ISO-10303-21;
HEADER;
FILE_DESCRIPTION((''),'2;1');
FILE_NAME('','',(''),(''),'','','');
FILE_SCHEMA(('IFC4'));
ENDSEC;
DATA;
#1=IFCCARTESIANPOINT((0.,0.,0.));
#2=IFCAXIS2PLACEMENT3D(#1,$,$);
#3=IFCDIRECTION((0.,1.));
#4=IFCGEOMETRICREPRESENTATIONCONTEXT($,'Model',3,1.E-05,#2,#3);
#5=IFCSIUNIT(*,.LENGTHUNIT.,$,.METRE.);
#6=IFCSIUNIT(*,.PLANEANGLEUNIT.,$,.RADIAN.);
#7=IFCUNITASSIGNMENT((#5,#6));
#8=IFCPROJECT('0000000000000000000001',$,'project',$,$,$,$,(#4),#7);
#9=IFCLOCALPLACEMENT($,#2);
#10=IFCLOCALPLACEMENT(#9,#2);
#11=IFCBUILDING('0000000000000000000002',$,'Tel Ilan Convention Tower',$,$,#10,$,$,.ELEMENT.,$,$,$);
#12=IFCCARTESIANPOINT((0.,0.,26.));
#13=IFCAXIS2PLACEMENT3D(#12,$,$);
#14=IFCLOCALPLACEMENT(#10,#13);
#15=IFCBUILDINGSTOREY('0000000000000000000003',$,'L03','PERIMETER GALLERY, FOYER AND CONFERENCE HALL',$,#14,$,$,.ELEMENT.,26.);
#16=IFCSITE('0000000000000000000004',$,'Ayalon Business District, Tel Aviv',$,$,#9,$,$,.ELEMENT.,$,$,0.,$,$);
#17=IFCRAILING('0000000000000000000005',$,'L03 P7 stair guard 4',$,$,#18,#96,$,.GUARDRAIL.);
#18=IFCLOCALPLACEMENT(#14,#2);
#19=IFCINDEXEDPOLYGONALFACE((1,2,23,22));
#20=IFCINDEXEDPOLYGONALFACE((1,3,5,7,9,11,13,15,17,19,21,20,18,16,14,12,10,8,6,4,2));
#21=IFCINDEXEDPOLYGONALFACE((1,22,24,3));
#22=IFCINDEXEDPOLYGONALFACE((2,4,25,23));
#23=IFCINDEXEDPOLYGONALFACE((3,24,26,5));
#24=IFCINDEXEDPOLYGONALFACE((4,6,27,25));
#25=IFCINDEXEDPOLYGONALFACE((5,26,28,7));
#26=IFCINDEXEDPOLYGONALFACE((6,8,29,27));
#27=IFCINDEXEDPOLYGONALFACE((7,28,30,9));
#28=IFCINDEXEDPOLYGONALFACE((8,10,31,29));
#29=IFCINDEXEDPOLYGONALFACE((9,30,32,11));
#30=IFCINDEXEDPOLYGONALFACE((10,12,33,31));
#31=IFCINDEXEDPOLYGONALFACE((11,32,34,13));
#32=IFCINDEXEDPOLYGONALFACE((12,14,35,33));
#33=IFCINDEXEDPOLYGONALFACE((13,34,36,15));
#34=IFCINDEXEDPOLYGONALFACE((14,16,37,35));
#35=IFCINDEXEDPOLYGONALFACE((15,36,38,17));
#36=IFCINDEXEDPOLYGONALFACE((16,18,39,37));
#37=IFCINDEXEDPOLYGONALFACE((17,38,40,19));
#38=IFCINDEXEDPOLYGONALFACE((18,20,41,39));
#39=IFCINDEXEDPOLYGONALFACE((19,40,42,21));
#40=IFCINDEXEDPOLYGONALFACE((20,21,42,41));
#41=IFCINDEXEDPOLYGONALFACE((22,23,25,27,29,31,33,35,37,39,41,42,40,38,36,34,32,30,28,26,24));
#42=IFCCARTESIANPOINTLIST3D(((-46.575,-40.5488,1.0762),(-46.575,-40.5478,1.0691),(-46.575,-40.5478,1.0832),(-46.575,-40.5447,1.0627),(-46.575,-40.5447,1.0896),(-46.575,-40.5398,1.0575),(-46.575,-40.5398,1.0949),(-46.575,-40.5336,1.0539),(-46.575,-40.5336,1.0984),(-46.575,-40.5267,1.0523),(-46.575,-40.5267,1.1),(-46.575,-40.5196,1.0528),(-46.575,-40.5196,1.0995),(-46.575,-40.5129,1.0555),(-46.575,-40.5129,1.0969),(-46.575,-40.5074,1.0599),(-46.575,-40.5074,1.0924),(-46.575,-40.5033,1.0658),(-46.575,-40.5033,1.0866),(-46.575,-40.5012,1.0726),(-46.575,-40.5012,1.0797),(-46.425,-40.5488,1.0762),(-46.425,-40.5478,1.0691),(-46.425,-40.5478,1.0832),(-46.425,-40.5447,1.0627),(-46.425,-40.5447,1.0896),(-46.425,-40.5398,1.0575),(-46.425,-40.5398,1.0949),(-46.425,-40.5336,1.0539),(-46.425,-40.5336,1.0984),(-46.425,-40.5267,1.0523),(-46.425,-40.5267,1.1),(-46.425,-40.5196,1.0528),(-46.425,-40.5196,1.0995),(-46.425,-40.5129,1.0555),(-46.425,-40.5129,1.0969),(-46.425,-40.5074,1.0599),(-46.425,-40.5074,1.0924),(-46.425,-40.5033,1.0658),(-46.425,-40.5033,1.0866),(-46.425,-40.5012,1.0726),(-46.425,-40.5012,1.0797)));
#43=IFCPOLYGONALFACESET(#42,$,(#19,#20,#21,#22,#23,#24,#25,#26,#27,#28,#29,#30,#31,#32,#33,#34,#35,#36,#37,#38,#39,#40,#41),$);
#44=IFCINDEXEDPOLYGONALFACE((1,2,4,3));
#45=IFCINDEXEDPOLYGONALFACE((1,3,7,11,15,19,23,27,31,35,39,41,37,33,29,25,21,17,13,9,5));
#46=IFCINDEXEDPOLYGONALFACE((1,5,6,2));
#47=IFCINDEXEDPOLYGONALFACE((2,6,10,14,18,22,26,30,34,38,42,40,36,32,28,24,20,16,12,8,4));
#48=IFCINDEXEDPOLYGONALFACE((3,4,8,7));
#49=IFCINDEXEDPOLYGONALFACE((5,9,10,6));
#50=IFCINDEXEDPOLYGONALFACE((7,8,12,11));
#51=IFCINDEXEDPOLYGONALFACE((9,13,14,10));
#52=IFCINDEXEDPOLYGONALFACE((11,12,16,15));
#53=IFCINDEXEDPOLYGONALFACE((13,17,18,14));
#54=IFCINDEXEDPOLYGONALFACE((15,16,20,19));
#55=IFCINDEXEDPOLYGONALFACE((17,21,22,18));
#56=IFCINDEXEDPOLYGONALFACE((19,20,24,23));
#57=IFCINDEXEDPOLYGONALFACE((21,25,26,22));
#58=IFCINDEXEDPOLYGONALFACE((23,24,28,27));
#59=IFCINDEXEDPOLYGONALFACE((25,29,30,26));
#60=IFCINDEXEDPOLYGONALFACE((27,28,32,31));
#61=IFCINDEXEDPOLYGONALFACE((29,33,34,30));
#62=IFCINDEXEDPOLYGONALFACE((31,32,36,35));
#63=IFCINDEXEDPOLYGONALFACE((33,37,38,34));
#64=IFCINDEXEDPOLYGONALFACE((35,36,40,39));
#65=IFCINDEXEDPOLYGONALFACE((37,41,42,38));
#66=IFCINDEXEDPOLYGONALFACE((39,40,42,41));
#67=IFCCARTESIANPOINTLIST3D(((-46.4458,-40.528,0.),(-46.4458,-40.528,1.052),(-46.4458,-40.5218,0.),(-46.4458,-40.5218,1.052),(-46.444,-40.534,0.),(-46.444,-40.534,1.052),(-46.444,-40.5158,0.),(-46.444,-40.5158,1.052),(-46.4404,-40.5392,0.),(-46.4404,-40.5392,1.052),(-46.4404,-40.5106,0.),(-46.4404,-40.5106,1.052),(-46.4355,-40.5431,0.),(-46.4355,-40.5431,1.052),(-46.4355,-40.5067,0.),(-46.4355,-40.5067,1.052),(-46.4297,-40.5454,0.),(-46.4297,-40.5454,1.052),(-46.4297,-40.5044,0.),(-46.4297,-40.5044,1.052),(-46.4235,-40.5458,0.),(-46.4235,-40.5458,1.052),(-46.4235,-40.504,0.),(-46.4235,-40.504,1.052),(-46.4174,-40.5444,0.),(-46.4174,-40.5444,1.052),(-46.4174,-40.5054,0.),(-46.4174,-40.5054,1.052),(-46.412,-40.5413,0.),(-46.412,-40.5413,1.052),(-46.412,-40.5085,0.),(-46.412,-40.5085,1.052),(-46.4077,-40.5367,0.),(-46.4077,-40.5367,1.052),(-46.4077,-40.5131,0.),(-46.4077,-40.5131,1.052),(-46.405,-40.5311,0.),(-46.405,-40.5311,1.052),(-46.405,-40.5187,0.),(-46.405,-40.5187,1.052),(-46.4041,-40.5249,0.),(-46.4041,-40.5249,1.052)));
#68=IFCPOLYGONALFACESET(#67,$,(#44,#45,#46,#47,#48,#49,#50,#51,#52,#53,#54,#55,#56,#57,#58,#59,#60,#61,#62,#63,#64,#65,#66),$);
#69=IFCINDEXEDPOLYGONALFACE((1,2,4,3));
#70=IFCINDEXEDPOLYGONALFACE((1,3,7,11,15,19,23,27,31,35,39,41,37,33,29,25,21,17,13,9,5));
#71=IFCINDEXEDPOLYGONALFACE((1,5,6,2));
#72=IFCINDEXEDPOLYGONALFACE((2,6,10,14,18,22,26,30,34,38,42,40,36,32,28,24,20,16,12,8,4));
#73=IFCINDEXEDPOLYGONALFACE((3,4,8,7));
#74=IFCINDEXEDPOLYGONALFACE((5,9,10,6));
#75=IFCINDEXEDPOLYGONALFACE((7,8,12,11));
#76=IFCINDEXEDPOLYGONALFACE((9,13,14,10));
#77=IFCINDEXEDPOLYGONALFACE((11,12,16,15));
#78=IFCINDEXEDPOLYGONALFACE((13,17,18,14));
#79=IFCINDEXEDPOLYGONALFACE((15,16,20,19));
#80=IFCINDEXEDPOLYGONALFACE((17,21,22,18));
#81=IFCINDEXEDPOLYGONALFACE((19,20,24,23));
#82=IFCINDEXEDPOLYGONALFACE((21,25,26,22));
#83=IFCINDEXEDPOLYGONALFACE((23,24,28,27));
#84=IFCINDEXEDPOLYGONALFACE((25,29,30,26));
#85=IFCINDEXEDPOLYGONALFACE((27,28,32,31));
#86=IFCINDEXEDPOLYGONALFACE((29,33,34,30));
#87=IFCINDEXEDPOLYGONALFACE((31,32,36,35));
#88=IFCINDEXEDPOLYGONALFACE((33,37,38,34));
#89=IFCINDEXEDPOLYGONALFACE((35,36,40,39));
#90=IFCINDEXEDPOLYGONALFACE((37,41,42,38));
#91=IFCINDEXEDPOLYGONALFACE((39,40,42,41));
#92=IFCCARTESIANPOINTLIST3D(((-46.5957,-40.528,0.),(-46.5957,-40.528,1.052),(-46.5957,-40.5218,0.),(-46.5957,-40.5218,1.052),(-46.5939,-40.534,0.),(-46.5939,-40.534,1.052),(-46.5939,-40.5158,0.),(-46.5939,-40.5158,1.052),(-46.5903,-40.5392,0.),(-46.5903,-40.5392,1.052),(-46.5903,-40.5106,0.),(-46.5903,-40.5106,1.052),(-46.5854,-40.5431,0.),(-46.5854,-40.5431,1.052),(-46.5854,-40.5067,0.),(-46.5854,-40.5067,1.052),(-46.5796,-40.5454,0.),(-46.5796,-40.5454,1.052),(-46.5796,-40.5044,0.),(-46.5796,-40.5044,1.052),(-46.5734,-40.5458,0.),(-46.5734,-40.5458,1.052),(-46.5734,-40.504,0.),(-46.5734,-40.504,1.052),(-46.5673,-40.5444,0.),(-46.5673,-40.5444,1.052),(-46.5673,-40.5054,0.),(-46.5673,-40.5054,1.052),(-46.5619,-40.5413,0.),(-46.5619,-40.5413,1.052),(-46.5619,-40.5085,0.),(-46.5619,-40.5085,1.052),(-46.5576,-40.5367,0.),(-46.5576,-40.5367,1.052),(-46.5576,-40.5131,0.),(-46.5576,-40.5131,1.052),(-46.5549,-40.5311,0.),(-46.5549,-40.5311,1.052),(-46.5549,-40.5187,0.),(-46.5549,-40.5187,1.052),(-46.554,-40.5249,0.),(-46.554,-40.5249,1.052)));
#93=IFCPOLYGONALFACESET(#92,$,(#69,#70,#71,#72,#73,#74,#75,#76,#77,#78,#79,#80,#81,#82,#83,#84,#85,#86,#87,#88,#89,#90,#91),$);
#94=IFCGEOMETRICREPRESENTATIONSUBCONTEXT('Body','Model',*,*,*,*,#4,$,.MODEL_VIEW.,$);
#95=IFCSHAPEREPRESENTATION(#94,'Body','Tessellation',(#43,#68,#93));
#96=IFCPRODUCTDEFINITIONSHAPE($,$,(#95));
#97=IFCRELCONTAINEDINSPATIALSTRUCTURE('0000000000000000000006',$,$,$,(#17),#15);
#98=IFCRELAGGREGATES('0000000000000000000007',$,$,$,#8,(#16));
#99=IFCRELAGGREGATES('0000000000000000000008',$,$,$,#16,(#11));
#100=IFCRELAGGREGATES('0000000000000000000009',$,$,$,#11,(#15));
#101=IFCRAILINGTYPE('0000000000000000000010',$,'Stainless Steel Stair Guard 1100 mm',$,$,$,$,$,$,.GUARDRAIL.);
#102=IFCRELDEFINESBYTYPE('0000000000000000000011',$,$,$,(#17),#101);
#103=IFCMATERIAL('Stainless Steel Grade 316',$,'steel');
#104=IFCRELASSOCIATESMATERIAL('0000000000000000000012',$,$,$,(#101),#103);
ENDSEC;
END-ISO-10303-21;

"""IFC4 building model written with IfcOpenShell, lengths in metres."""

from ifc_helpers import new_model, si_unit, direction, frame, origin, origin_2d, place, context, subcontext, project, spatial, circle, extrude, material, type_object, element, save


model = new_model("IFC4")

# Units and contexts
model_context = context("Model", 3, precision=1e-05, world=origin(), true_north=direction((0.0, 1.0)))
body_context = subcontext(model_context, "Body", "Model", "MODEL_VIEW")
ifc_project = project(units=[si_unit("LENGTHUNIT", "METRE"), si_unit("PLANEANGLEUNIT", "RADIAN")], contexts=[model_context])

# Site, building, storey
site_placement = place(None, origin())
site = spatial("IfcSite", under=ifc_project, at=site_placement, Name="Ayalon Business District, Tel Aviv", CompositionType="ELEMENT", RefElevation=0.0)
building_placement = place(site_placement, origin())
building = spatial("IfcBuilding", under=site, at=building_placement, Name="Tel Ilan Convention Tower", CompositionType="ELEMENT")
storey_placement = place(building_placement, frame((0.0, 0.0, 26.0)))
storey = spatial("IfcBuildingStorey", under=building, at=storey_placement, Name="L03", Description="PERIMETER GALLERY, FOYER AND CONFERENCE HALL", CompositionType="ELEMENT", Elevation=26.0)

# Railing
ifc_material_1 = material(Name="Stainless Steel Grade 316", Category="steel")
railing_type_1 = type_object("IfcRailingType", Name="Stainless Steel Stair Guard 1100 mm", PredefinedType="GUARDRAIL", material=ifc_material_1)
railing_1_placement = place(storey_placement, frame((-46.425, -40.5249, 0.0)))
element("IfcRailing", 1, at=railing_1_placement, inside=storey, type_object=railing_type_1, Name="L03 P7 stair guard 4", PredefinedType="GUARDRAIL", context=body_context, shape_type="SweptSolid", body=[
    extrude(circle(Radius=0.0239, at=origin_2d()), frame((0.0, 0.0, 1.0762), z_axis=(-1.0, 0.0, 0.0), x_axis=(0.0, -1.0, 0.0)), (0.0, 0.0, 1.0), 0.1499),
    extrude(circle(Radius=0.021, at=origin_2d()), origin(), (0.0, 0.0, 1.0), 1.052),
    extrude(circle(Radius=0.021, at=origin_2d()), frame((-0.1499, 0.0, 0.0)), (0.0, 0.0, 1.0), 1.052),
])

save(model, "model.ifc")
